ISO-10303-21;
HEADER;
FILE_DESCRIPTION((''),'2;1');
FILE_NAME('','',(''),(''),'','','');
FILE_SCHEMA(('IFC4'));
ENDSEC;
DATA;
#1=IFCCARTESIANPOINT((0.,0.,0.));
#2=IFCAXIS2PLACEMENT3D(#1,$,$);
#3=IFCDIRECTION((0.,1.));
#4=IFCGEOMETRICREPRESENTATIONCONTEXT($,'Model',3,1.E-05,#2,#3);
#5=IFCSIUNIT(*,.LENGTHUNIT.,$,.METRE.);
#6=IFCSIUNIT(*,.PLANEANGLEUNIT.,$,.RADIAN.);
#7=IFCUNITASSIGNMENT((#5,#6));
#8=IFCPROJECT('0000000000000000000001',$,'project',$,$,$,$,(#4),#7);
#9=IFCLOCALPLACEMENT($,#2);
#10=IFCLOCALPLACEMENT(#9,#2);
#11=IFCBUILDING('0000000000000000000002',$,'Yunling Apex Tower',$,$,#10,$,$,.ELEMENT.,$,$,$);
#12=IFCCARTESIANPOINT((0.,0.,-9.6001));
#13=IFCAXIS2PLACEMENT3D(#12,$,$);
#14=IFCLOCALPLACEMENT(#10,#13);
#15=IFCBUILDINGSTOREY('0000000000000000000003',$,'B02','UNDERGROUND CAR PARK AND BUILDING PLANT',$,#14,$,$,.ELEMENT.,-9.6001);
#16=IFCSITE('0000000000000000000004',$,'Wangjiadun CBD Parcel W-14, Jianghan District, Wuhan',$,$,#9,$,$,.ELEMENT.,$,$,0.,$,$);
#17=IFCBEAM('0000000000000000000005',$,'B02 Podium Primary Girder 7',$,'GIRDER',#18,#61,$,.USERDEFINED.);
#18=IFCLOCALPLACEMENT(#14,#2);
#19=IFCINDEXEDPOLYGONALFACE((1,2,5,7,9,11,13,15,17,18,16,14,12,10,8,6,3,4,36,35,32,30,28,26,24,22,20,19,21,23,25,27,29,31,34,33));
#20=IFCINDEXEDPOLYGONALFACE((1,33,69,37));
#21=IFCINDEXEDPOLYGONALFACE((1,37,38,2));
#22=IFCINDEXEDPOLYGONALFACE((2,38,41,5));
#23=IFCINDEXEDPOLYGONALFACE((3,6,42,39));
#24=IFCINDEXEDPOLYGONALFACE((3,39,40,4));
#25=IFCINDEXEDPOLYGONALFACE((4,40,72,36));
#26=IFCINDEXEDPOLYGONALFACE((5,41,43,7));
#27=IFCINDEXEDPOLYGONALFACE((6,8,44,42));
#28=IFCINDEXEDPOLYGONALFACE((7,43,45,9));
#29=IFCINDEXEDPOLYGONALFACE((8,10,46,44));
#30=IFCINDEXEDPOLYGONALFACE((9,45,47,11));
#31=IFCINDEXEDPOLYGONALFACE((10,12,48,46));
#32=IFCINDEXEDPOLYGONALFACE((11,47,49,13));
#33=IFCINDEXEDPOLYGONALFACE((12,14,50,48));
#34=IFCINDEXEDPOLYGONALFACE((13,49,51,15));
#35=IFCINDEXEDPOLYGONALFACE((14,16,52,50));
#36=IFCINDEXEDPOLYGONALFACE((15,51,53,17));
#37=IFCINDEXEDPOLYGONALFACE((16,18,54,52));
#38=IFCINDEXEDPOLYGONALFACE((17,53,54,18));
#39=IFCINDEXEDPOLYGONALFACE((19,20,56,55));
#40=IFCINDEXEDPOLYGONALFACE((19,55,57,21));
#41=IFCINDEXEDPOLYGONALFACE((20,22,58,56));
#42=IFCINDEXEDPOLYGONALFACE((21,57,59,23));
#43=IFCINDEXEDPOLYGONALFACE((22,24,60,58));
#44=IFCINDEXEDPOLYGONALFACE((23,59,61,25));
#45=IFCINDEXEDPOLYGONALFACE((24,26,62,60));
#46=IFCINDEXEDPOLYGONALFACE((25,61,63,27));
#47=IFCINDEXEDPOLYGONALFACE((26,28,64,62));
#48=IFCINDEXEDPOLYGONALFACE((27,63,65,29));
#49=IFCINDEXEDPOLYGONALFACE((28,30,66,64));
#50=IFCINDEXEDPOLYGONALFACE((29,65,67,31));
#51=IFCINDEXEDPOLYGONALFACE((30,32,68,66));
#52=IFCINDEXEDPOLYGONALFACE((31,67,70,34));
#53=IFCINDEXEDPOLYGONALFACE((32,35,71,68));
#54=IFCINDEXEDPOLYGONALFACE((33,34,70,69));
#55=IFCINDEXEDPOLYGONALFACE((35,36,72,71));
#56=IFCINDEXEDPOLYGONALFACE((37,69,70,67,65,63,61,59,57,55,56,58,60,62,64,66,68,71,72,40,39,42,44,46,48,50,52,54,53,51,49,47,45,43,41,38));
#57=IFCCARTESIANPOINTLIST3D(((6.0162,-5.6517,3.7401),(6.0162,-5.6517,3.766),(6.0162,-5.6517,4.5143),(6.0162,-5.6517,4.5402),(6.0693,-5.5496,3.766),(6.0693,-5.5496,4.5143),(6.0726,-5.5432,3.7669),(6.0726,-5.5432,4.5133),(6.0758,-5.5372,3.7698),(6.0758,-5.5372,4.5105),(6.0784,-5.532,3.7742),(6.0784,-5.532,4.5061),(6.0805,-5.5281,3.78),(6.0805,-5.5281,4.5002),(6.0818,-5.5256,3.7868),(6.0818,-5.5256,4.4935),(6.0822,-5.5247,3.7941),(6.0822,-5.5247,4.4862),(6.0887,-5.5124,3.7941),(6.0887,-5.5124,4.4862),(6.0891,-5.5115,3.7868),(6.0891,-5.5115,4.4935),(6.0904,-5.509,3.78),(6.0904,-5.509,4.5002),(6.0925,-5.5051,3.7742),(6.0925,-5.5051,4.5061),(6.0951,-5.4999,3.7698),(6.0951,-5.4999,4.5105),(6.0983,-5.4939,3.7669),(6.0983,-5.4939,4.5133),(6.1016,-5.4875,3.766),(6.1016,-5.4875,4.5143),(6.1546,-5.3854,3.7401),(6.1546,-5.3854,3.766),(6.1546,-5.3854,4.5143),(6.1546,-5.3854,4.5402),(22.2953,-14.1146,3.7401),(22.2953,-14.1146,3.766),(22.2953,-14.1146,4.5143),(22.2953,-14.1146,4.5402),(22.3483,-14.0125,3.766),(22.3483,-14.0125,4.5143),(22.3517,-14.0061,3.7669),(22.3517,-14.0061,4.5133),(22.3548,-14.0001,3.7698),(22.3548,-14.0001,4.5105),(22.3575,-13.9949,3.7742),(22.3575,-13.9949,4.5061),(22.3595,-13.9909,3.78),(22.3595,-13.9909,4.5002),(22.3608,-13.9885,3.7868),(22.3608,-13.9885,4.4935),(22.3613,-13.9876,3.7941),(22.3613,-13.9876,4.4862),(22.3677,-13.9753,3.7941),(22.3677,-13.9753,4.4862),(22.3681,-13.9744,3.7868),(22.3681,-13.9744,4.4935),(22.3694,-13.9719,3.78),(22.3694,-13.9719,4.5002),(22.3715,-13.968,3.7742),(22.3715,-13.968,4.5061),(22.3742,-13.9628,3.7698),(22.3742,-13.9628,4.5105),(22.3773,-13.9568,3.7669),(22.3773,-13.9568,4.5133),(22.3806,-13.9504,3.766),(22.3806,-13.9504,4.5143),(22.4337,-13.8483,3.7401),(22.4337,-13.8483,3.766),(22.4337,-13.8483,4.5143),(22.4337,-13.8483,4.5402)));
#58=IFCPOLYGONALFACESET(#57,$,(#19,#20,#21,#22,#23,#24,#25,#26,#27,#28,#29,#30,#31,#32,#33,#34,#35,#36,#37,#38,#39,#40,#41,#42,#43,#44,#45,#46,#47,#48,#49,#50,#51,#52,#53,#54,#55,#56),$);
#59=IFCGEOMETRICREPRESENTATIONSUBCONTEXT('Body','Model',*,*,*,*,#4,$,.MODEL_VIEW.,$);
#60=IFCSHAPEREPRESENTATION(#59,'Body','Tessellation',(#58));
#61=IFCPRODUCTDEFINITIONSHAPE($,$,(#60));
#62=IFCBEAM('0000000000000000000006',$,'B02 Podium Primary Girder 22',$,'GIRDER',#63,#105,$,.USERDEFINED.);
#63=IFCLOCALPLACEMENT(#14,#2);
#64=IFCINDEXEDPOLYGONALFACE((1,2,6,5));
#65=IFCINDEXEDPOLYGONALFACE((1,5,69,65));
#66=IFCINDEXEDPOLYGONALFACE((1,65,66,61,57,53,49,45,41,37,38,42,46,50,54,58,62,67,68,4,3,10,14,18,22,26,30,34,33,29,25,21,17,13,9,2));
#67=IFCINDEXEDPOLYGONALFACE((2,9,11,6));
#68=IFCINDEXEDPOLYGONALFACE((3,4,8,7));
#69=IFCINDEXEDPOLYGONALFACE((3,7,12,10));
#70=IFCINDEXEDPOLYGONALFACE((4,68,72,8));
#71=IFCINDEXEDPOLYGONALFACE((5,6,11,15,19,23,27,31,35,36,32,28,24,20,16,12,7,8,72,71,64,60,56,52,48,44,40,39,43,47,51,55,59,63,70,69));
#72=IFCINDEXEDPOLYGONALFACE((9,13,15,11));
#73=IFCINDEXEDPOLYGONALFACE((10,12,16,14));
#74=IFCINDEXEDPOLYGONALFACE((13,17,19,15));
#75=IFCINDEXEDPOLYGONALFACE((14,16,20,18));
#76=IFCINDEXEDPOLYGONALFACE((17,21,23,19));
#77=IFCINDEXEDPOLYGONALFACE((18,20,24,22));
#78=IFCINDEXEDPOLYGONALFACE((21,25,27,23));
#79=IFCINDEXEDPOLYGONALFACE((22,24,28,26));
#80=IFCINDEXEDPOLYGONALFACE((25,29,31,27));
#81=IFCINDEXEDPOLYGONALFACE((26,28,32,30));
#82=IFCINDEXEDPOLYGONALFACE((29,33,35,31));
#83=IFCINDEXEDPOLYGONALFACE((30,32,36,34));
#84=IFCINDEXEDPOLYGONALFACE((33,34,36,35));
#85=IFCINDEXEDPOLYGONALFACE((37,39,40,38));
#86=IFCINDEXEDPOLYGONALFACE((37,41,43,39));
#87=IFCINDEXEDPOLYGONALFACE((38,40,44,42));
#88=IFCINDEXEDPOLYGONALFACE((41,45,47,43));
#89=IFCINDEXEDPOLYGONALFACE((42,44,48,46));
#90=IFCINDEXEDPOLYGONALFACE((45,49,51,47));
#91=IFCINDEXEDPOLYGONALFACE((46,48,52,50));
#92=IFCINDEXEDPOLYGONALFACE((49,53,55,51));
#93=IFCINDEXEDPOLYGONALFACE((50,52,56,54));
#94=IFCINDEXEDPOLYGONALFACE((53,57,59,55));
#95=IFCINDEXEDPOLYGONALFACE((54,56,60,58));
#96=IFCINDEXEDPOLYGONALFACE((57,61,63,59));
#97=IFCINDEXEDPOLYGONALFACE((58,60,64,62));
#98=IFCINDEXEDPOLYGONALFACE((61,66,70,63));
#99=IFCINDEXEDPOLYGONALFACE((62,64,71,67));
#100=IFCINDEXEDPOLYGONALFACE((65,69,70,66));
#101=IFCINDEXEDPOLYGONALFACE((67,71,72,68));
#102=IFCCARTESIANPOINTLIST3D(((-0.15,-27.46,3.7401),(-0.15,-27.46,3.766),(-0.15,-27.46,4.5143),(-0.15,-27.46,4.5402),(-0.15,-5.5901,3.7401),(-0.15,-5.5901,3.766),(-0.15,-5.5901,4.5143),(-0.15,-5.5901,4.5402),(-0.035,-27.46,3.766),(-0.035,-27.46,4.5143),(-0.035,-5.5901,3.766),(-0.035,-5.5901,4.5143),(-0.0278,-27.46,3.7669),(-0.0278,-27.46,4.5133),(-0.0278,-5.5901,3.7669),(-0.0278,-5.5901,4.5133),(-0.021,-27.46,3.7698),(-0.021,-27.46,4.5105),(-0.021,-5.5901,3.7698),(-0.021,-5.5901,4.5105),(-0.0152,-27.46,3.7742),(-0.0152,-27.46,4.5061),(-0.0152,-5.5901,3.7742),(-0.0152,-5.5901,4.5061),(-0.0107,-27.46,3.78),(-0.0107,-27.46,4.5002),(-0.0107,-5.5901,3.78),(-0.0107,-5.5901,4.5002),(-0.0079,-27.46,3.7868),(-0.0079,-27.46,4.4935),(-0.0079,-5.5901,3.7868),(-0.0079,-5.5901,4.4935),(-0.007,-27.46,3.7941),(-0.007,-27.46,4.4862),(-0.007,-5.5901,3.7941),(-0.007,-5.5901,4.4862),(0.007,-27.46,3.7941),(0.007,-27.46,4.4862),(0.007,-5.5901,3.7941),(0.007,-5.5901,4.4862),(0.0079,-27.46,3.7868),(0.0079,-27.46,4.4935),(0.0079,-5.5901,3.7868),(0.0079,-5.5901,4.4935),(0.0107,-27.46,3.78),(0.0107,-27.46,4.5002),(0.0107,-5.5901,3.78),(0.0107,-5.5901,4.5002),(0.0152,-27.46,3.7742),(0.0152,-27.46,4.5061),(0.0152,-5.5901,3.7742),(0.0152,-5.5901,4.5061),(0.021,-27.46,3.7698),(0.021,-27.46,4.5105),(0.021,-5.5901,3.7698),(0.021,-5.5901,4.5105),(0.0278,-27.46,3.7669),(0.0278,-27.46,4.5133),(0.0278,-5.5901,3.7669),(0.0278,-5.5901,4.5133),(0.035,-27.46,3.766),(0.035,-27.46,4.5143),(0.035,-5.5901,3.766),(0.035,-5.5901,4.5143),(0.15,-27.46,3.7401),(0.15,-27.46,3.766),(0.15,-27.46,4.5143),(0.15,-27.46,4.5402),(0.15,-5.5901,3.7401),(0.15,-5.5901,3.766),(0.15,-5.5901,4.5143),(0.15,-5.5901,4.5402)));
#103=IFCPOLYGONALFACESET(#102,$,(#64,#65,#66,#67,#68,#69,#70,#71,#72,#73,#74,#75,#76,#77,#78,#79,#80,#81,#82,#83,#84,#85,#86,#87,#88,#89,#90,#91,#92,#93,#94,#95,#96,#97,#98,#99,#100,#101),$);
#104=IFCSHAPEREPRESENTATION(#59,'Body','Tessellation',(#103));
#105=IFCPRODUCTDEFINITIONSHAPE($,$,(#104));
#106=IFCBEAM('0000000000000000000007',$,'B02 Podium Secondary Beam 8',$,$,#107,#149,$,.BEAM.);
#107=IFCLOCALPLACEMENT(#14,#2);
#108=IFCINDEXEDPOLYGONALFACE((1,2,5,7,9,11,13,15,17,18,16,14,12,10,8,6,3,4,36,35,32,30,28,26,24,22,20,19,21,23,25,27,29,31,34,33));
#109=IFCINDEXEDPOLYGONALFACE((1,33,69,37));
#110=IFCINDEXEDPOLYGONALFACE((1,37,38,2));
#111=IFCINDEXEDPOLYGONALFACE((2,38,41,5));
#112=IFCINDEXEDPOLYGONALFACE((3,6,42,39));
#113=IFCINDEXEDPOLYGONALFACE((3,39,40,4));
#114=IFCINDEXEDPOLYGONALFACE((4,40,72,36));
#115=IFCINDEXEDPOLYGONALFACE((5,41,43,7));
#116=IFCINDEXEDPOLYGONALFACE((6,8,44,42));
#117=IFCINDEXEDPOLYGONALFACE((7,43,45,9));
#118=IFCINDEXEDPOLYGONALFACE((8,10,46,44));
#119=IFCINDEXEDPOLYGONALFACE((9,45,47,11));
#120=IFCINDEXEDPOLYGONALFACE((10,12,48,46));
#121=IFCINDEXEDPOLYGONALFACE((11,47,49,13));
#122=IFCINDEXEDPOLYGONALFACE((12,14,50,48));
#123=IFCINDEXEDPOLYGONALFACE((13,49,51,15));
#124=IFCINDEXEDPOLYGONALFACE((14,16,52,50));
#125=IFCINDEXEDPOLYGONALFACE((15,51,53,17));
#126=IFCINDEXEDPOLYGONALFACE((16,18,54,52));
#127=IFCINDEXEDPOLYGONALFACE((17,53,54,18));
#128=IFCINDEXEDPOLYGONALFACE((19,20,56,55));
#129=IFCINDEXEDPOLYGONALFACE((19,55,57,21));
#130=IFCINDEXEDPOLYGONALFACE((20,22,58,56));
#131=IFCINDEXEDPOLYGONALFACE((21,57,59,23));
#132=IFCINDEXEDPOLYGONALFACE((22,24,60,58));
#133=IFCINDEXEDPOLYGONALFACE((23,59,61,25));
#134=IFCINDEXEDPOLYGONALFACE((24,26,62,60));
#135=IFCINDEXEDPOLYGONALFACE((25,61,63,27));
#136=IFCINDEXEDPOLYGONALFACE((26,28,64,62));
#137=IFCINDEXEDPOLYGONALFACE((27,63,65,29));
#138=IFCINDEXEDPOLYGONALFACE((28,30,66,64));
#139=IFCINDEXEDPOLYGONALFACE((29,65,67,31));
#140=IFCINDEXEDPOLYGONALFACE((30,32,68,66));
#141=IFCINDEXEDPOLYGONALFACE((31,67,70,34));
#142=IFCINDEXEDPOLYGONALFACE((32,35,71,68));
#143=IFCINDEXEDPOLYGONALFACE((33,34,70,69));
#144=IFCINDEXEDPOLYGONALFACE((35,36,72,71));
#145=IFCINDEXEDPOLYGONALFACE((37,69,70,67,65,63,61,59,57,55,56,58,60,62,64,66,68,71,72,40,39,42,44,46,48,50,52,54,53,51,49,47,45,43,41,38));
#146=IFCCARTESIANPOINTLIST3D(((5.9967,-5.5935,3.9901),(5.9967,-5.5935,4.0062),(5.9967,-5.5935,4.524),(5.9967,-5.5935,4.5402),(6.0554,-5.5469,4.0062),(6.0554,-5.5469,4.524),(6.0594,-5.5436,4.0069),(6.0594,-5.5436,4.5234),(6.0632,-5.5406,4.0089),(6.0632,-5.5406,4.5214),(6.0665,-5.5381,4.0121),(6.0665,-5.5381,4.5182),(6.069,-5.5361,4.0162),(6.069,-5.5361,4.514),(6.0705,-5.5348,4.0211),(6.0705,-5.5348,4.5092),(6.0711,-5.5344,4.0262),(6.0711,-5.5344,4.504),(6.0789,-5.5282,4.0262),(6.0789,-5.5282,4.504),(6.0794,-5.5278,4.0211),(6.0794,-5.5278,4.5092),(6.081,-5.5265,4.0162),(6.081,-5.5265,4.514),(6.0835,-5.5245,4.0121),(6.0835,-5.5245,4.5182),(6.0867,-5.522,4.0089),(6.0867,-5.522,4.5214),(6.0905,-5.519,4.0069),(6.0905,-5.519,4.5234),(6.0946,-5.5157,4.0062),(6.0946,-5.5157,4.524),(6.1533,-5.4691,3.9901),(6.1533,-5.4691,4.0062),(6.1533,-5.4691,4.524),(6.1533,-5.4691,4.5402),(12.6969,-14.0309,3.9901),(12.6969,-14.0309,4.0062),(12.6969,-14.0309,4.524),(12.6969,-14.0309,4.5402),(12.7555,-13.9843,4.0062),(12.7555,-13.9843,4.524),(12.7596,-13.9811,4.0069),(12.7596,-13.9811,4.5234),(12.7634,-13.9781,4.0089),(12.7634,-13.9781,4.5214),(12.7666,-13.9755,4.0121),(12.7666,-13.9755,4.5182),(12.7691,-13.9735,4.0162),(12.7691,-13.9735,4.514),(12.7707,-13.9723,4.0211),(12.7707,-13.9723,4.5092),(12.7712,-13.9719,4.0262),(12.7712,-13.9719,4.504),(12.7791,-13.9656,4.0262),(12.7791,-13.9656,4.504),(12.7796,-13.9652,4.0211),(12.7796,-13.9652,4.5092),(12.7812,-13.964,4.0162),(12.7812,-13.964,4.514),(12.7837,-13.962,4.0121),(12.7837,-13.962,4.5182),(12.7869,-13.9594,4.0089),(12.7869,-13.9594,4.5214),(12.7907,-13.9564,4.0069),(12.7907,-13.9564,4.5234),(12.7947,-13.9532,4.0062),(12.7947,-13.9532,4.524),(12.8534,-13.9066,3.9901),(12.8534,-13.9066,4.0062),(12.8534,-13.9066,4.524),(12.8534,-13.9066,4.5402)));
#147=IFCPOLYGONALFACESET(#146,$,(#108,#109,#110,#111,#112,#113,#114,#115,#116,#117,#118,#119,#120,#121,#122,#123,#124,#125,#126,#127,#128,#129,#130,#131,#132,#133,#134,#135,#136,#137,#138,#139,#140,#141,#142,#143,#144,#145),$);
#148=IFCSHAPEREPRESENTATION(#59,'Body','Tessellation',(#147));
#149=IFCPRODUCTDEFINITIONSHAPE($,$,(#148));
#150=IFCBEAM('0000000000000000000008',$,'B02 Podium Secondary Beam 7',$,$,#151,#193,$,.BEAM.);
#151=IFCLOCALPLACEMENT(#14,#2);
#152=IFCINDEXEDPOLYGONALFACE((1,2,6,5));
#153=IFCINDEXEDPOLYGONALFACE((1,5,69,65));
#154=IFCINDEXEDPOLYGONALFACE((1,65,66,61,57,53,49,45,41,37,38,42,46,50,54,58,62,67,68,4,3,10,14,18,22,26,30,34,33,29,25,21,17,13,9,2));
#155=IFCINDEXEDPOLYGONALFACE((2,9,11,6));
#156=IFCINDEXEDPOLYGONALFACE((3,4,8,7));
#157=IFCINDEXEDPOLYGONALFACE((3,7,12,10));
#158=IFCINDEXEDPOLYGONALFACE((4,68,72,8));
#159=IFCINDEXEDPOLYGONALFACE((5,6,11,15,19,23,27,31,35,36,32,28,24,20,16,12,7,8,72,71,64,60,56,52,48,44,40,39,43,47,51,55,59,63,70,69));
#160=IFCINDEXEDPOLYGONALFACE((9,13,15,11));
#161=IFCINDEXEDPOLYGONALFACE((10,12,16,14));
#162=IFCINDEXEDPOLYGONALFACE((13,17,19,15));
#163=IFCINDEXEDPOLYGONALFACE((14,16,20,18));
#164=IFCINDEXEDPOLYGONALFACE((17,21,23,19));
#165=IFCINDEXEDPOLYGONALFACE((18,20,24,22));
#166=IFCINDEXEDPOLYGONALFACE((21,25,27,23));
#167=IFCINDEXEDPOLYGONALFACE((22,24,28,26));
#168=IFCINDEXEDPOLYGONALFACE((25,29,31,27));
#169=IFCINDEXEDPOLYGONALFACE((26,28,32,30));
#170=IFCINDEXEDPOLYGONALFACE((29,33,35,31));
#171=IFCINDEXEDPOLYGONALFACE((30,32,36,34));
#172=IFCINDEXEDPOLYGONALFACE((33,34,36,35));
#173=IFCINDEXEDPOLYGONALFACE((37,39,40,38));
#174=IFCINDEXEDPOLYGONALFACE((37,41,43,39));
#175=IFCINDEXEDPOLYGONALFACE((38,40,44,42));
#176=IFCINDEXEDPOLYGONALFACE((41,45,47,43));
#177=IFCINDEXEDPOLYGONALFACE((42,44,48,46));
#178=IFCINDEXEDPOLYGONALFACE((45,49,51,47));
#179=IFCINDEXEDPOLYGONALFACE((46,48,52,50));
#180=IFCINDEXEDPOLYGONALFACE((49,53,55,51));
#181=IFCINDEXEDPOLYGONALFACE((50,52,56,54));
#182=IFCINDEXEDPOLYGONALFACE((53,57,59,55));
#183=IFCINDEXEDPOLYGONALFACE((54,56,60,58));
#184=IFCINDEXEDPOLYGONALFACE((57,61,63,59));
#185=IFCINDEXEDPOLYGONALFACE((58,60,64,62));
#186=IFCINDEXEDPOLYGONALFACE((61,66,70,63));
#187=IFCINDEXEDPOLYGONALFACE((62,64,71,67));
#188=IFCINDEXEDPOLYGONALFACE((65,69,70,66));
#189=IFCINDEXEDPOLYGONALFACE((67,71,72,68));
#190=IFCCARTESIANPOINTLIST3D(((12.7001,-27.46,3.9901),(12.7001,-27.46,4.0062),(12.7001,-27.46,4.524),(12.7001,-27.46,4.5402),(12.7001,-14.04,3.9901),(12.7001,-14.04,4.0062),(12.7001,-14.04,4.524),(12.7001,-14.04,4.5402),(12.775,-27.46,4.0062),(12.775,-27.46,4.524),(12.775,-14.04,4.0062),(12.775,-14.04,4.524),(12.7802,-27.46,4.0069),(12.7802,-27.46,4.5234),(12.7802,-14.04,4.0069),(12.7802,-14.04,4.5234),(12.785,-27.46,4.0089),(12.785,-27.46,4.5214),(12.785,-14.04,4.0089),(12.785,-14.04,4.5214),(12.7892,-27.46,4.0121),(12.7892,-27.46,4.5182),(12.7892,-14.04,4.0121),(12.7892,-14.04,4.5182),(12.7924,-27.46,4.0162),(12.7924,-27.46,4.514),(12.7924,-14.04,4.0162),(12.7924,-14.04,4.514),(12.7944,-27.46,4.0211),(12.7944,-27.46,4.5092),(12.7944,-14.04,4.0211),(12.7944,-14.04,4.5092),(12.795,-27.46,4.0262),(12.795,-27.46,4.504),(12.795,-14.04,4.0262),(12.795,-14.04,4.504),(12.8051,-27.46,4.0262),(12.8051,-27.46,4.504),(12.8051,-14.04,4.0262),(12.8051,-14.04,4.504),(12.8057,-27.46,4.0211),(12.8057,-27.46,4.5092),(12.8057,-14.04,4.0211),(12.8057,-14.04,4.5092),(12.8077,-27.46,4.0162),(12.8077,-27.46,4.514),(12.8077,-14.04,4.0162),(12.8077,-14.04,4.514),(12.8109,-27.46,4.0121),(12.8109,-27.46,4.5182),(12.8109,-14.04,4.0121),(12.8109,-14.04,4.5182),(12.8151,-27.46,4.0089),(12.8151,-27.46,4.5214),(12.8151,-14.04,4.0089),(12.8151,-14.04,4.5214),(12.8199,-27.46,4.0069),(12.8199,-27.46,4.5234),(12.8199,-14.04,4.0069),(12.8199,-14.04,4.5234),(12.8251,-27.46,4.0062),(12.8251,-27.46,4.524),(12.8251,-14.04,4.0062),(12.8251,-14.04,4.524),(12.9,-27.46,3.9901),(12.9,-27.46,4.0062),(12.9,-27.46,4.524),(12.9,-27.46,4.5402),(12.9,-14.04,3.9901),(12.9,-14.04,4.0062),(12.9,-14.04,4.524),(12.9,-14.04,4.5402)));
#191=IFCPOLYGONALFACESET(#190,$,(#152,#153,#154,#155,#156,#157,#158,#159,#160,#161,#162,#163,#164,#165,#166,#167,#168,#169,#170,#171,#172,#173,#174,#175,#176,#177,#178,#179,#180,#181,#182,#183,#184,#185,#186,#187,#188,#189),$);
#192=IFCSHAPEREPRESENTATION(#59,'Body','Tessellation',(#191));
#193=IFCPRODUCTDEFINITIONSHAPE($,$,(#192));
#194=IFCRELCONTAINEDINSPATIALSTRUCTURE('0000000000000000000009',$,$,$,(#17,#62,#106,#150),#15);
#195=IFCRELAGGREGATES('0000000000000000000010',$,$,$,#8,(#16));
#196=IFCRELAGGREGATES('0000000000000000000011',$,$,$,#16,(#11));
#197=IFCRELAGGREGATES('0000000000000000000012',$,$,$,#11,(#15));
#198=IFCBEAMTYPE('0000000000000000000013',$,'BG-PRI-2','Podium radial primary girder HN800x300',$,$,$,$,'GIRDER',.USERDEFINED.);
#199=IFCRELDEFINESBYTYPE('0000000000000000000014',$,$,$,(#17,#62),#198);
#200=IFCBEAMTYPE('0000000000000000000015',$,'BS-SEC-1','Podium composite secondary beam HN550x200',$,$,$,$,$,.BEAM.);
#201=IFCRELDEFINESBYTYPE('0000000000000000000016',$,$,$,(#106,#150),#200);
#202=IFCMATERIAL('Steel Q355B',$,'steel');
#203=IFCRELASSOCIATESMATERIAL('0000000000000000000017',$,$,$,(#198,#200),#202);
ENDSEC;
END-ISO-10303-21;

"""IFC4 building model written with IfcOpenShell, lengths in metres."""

from ifc_helpers import new_model, si_unit, direction, frame, origin, origin_2d, place, context, subcontext, project, spatial, i_section, extrude, source, transform, mapped, material, material_profile, profile_set, type_object, element, save


model = new_model("IFC4")

# Units and contexts
model_context = context("Model", 3, precision=1e-05, world=origin(), true_north=direction((0.0, 1.0)))
body_context = subcontext(model_context, "Body", "Model", "MODEL_VIEW")
ifc_project = project(units=[si_unit("LENGTHUNIT", "METRE"), si_unit("PLANEANGLEUNIT", "RADIAN")], contexts=[model_context])

# Site, building, storey
site_placement = place(None, origin())
site = spatial("IfcSite", under=ifc_project, at=site_placement, Name="Wangjiadun CBD Parcel W-14, Jianghan District, Wuhan", CompositionType="ELEMENT", RefElevation=0.0)
building_placement = place(site_placement, origin())
building = spatial("IfcBuilding", under=site, at=building_placement, Name="Yunling Apex Tower", CompositionType="ELEMENT")
storey_placement = place(building_placement, frame((0.0, 0.0, -9.6001)))
storey = spatial("IfcBuildingStorey", under=building, at=storey_placement, Name="B02", Description="UNDERGROUND CAR PARK AND BUILDING PLANT", CompositionType="ELEMENT", Elevation=-9.6001)

# Beams
ifc_material_1 = material(Name="Steel Q355B", Category="steel")
ifc_material_profile_1 = material_profile(ifc_material_1, i_section(OverallWidth=0.3, OverallDepth=0.8, WebThickness=0.0139, FlangeThickness=0.0259, FilletRadius=0.0281, at=origin_2d()))
ifc_profile_set_1 = profile_set([ifc_material_profile_1], Name="Steel Q355B")
beam_type_1 = type_object("IfcBeamType", Name="BG-PRI-2", Description="Podium radial primary girder HN800x300", ElementType="GIRDER", PredefinedType="USERDEFINED", material=ifc_profile_set_1)
shared_shape_1 = source(origin(), body_context, "Body", "SweptSolid", [
    extrude(i_section(OverallWidth=0.3, OverallDepth=0.8, WebThickness=0.0139, FlangeThickness=0.0259, FilletRadius=0.0281, at=origin_2d()), origin(), (0.0, 0.0, 1.0), 18.3474),
])
beam_1_placement = place(storey_placement, frame((6.0854, -5.5186, 4.1401), z_axis=(0.887266, -0.461258, 0.0), x_axis=(0.461258, 0.887266, 0.0)))
element("IfcBeam", 1, at=beam_1_placement, inside=storey, type_object=beam_type_1, Name="B02 Podium Primary Girder 7", ObjectType="GIRDER", PredefinedType="USERDEFINED", context=body_context, shape_type="MappedRepresentation", body=[
    mapped(shared_shape_1, transform((0.0, 0.0, 0.0), scale=1.0)),
])
shared_shape_2 = source(origin(), body_context, "Body", "SweptSolid", [
    extrude(i_section(OverallWidth=0.3, OverallDepth=0.8, WebThickness=0.0139, FlangeThickness=0.0259, FilletRadius=0.0281, at=origin_2d()), origin(), (0.0, 0.0, 1.0), 21.8699),
])
beam_2_placement = place(storey_placement, frame((0.0, -27.46, 4.1401), z_axis=(0.0, 1.0, 0.0), x_axis=(-1.0, 0.0, 0.0)))
element("IfcBeam", 2, at=beam_2_placement, inside=storey, type_object=beam_type_1, Name="B02 Podium Primary Girder 22", ObjectType="GIRDER", PredefinedType="USERDEFINED", context=body_context, shape_type="MappedRepresentation", body=[
    mapped(shared_shape_2, transform((0.0, 0.0, 0.0), scale=1.0)),
])
ifc_material_profile_2 = material_profile(ifc_material_1, i_section(OverallWidth=0.2, OverallDepth=0.55, WebThickness=0.01, FlangeThickness=0.0161, FilletRadius=0.02, at=origin_2d()))
ifc_profile_set_2 = profile_set([ifc_material_profile_2], Name="Steel Q355B")
beam_type_2 = type_object("IfcBeamType", Name="BS-SEC-1", Description="Podium composite secondary beam HN550x200", PredefinedType="BEAM", material=ifc_profile_set_2)
shared_shape_3 = source(origin(), body_context, "Body", "SweptSolid", [
    extrude(i_section(OverallWidth=0.2, OverallDepth=0.55, WebThickness=0.01, FlangeThickness=0.0161, FilletRadius=0.02, at=origin_2d()), origin(), (0.0, 0.0, 1.0), 10.7742),
])
beam_3_placement = place(storey_placement, frame((12.7751, -13.9688, 4.2651), z_axis=(-0.621872, 0.783119, 0.0), x_axis=(-0.783119, -0.621872, 0.0)))
element("IfcBeam", 3, at=beam_3_placement, inside=storey, type_object=beam_type_2, Name="B02 Podium Secondary Beam 8", PredefinedType="BEAM", context=body_context, shape_type="MappedRepresentation", body=[
    mapped(shared_shape_3, transform((0.0, 0.0, 0.0), scale=1.0)),
])
shared_shape_4 = source(origin(), body_context, "Body", "SweptSolid", [
    extrude(i_section(OverallWidth=0.2, OverallDepth=0.55, WebThickness=0.01, FlangeThickness=0.0161, FilletRadius=0.02, at=origin_2d()), origin(), (0.0, 0.0, 1.0), 13.4199),
])
beam_4_placement = place(storey_placement, frame((12.8, -27.46, 4.2651), z_axis=(0.0, 1.0, 0.0), x_axis=(-1.0, 0.0, 0.0)))
element("IfcBeam", 4, at=beam_4_placement, inside=storey, type_object=beam_type_2, Name="B02 Podium Secondary Beam 7", PredefinedType="BEAM", context=body_context, shape_type="MappedRepresentation", body=[
    mapped(shared_shape_4, transform((0.0, 0.0, 0.0), scale=1.0)),
])

save(model, "model.ifc")
